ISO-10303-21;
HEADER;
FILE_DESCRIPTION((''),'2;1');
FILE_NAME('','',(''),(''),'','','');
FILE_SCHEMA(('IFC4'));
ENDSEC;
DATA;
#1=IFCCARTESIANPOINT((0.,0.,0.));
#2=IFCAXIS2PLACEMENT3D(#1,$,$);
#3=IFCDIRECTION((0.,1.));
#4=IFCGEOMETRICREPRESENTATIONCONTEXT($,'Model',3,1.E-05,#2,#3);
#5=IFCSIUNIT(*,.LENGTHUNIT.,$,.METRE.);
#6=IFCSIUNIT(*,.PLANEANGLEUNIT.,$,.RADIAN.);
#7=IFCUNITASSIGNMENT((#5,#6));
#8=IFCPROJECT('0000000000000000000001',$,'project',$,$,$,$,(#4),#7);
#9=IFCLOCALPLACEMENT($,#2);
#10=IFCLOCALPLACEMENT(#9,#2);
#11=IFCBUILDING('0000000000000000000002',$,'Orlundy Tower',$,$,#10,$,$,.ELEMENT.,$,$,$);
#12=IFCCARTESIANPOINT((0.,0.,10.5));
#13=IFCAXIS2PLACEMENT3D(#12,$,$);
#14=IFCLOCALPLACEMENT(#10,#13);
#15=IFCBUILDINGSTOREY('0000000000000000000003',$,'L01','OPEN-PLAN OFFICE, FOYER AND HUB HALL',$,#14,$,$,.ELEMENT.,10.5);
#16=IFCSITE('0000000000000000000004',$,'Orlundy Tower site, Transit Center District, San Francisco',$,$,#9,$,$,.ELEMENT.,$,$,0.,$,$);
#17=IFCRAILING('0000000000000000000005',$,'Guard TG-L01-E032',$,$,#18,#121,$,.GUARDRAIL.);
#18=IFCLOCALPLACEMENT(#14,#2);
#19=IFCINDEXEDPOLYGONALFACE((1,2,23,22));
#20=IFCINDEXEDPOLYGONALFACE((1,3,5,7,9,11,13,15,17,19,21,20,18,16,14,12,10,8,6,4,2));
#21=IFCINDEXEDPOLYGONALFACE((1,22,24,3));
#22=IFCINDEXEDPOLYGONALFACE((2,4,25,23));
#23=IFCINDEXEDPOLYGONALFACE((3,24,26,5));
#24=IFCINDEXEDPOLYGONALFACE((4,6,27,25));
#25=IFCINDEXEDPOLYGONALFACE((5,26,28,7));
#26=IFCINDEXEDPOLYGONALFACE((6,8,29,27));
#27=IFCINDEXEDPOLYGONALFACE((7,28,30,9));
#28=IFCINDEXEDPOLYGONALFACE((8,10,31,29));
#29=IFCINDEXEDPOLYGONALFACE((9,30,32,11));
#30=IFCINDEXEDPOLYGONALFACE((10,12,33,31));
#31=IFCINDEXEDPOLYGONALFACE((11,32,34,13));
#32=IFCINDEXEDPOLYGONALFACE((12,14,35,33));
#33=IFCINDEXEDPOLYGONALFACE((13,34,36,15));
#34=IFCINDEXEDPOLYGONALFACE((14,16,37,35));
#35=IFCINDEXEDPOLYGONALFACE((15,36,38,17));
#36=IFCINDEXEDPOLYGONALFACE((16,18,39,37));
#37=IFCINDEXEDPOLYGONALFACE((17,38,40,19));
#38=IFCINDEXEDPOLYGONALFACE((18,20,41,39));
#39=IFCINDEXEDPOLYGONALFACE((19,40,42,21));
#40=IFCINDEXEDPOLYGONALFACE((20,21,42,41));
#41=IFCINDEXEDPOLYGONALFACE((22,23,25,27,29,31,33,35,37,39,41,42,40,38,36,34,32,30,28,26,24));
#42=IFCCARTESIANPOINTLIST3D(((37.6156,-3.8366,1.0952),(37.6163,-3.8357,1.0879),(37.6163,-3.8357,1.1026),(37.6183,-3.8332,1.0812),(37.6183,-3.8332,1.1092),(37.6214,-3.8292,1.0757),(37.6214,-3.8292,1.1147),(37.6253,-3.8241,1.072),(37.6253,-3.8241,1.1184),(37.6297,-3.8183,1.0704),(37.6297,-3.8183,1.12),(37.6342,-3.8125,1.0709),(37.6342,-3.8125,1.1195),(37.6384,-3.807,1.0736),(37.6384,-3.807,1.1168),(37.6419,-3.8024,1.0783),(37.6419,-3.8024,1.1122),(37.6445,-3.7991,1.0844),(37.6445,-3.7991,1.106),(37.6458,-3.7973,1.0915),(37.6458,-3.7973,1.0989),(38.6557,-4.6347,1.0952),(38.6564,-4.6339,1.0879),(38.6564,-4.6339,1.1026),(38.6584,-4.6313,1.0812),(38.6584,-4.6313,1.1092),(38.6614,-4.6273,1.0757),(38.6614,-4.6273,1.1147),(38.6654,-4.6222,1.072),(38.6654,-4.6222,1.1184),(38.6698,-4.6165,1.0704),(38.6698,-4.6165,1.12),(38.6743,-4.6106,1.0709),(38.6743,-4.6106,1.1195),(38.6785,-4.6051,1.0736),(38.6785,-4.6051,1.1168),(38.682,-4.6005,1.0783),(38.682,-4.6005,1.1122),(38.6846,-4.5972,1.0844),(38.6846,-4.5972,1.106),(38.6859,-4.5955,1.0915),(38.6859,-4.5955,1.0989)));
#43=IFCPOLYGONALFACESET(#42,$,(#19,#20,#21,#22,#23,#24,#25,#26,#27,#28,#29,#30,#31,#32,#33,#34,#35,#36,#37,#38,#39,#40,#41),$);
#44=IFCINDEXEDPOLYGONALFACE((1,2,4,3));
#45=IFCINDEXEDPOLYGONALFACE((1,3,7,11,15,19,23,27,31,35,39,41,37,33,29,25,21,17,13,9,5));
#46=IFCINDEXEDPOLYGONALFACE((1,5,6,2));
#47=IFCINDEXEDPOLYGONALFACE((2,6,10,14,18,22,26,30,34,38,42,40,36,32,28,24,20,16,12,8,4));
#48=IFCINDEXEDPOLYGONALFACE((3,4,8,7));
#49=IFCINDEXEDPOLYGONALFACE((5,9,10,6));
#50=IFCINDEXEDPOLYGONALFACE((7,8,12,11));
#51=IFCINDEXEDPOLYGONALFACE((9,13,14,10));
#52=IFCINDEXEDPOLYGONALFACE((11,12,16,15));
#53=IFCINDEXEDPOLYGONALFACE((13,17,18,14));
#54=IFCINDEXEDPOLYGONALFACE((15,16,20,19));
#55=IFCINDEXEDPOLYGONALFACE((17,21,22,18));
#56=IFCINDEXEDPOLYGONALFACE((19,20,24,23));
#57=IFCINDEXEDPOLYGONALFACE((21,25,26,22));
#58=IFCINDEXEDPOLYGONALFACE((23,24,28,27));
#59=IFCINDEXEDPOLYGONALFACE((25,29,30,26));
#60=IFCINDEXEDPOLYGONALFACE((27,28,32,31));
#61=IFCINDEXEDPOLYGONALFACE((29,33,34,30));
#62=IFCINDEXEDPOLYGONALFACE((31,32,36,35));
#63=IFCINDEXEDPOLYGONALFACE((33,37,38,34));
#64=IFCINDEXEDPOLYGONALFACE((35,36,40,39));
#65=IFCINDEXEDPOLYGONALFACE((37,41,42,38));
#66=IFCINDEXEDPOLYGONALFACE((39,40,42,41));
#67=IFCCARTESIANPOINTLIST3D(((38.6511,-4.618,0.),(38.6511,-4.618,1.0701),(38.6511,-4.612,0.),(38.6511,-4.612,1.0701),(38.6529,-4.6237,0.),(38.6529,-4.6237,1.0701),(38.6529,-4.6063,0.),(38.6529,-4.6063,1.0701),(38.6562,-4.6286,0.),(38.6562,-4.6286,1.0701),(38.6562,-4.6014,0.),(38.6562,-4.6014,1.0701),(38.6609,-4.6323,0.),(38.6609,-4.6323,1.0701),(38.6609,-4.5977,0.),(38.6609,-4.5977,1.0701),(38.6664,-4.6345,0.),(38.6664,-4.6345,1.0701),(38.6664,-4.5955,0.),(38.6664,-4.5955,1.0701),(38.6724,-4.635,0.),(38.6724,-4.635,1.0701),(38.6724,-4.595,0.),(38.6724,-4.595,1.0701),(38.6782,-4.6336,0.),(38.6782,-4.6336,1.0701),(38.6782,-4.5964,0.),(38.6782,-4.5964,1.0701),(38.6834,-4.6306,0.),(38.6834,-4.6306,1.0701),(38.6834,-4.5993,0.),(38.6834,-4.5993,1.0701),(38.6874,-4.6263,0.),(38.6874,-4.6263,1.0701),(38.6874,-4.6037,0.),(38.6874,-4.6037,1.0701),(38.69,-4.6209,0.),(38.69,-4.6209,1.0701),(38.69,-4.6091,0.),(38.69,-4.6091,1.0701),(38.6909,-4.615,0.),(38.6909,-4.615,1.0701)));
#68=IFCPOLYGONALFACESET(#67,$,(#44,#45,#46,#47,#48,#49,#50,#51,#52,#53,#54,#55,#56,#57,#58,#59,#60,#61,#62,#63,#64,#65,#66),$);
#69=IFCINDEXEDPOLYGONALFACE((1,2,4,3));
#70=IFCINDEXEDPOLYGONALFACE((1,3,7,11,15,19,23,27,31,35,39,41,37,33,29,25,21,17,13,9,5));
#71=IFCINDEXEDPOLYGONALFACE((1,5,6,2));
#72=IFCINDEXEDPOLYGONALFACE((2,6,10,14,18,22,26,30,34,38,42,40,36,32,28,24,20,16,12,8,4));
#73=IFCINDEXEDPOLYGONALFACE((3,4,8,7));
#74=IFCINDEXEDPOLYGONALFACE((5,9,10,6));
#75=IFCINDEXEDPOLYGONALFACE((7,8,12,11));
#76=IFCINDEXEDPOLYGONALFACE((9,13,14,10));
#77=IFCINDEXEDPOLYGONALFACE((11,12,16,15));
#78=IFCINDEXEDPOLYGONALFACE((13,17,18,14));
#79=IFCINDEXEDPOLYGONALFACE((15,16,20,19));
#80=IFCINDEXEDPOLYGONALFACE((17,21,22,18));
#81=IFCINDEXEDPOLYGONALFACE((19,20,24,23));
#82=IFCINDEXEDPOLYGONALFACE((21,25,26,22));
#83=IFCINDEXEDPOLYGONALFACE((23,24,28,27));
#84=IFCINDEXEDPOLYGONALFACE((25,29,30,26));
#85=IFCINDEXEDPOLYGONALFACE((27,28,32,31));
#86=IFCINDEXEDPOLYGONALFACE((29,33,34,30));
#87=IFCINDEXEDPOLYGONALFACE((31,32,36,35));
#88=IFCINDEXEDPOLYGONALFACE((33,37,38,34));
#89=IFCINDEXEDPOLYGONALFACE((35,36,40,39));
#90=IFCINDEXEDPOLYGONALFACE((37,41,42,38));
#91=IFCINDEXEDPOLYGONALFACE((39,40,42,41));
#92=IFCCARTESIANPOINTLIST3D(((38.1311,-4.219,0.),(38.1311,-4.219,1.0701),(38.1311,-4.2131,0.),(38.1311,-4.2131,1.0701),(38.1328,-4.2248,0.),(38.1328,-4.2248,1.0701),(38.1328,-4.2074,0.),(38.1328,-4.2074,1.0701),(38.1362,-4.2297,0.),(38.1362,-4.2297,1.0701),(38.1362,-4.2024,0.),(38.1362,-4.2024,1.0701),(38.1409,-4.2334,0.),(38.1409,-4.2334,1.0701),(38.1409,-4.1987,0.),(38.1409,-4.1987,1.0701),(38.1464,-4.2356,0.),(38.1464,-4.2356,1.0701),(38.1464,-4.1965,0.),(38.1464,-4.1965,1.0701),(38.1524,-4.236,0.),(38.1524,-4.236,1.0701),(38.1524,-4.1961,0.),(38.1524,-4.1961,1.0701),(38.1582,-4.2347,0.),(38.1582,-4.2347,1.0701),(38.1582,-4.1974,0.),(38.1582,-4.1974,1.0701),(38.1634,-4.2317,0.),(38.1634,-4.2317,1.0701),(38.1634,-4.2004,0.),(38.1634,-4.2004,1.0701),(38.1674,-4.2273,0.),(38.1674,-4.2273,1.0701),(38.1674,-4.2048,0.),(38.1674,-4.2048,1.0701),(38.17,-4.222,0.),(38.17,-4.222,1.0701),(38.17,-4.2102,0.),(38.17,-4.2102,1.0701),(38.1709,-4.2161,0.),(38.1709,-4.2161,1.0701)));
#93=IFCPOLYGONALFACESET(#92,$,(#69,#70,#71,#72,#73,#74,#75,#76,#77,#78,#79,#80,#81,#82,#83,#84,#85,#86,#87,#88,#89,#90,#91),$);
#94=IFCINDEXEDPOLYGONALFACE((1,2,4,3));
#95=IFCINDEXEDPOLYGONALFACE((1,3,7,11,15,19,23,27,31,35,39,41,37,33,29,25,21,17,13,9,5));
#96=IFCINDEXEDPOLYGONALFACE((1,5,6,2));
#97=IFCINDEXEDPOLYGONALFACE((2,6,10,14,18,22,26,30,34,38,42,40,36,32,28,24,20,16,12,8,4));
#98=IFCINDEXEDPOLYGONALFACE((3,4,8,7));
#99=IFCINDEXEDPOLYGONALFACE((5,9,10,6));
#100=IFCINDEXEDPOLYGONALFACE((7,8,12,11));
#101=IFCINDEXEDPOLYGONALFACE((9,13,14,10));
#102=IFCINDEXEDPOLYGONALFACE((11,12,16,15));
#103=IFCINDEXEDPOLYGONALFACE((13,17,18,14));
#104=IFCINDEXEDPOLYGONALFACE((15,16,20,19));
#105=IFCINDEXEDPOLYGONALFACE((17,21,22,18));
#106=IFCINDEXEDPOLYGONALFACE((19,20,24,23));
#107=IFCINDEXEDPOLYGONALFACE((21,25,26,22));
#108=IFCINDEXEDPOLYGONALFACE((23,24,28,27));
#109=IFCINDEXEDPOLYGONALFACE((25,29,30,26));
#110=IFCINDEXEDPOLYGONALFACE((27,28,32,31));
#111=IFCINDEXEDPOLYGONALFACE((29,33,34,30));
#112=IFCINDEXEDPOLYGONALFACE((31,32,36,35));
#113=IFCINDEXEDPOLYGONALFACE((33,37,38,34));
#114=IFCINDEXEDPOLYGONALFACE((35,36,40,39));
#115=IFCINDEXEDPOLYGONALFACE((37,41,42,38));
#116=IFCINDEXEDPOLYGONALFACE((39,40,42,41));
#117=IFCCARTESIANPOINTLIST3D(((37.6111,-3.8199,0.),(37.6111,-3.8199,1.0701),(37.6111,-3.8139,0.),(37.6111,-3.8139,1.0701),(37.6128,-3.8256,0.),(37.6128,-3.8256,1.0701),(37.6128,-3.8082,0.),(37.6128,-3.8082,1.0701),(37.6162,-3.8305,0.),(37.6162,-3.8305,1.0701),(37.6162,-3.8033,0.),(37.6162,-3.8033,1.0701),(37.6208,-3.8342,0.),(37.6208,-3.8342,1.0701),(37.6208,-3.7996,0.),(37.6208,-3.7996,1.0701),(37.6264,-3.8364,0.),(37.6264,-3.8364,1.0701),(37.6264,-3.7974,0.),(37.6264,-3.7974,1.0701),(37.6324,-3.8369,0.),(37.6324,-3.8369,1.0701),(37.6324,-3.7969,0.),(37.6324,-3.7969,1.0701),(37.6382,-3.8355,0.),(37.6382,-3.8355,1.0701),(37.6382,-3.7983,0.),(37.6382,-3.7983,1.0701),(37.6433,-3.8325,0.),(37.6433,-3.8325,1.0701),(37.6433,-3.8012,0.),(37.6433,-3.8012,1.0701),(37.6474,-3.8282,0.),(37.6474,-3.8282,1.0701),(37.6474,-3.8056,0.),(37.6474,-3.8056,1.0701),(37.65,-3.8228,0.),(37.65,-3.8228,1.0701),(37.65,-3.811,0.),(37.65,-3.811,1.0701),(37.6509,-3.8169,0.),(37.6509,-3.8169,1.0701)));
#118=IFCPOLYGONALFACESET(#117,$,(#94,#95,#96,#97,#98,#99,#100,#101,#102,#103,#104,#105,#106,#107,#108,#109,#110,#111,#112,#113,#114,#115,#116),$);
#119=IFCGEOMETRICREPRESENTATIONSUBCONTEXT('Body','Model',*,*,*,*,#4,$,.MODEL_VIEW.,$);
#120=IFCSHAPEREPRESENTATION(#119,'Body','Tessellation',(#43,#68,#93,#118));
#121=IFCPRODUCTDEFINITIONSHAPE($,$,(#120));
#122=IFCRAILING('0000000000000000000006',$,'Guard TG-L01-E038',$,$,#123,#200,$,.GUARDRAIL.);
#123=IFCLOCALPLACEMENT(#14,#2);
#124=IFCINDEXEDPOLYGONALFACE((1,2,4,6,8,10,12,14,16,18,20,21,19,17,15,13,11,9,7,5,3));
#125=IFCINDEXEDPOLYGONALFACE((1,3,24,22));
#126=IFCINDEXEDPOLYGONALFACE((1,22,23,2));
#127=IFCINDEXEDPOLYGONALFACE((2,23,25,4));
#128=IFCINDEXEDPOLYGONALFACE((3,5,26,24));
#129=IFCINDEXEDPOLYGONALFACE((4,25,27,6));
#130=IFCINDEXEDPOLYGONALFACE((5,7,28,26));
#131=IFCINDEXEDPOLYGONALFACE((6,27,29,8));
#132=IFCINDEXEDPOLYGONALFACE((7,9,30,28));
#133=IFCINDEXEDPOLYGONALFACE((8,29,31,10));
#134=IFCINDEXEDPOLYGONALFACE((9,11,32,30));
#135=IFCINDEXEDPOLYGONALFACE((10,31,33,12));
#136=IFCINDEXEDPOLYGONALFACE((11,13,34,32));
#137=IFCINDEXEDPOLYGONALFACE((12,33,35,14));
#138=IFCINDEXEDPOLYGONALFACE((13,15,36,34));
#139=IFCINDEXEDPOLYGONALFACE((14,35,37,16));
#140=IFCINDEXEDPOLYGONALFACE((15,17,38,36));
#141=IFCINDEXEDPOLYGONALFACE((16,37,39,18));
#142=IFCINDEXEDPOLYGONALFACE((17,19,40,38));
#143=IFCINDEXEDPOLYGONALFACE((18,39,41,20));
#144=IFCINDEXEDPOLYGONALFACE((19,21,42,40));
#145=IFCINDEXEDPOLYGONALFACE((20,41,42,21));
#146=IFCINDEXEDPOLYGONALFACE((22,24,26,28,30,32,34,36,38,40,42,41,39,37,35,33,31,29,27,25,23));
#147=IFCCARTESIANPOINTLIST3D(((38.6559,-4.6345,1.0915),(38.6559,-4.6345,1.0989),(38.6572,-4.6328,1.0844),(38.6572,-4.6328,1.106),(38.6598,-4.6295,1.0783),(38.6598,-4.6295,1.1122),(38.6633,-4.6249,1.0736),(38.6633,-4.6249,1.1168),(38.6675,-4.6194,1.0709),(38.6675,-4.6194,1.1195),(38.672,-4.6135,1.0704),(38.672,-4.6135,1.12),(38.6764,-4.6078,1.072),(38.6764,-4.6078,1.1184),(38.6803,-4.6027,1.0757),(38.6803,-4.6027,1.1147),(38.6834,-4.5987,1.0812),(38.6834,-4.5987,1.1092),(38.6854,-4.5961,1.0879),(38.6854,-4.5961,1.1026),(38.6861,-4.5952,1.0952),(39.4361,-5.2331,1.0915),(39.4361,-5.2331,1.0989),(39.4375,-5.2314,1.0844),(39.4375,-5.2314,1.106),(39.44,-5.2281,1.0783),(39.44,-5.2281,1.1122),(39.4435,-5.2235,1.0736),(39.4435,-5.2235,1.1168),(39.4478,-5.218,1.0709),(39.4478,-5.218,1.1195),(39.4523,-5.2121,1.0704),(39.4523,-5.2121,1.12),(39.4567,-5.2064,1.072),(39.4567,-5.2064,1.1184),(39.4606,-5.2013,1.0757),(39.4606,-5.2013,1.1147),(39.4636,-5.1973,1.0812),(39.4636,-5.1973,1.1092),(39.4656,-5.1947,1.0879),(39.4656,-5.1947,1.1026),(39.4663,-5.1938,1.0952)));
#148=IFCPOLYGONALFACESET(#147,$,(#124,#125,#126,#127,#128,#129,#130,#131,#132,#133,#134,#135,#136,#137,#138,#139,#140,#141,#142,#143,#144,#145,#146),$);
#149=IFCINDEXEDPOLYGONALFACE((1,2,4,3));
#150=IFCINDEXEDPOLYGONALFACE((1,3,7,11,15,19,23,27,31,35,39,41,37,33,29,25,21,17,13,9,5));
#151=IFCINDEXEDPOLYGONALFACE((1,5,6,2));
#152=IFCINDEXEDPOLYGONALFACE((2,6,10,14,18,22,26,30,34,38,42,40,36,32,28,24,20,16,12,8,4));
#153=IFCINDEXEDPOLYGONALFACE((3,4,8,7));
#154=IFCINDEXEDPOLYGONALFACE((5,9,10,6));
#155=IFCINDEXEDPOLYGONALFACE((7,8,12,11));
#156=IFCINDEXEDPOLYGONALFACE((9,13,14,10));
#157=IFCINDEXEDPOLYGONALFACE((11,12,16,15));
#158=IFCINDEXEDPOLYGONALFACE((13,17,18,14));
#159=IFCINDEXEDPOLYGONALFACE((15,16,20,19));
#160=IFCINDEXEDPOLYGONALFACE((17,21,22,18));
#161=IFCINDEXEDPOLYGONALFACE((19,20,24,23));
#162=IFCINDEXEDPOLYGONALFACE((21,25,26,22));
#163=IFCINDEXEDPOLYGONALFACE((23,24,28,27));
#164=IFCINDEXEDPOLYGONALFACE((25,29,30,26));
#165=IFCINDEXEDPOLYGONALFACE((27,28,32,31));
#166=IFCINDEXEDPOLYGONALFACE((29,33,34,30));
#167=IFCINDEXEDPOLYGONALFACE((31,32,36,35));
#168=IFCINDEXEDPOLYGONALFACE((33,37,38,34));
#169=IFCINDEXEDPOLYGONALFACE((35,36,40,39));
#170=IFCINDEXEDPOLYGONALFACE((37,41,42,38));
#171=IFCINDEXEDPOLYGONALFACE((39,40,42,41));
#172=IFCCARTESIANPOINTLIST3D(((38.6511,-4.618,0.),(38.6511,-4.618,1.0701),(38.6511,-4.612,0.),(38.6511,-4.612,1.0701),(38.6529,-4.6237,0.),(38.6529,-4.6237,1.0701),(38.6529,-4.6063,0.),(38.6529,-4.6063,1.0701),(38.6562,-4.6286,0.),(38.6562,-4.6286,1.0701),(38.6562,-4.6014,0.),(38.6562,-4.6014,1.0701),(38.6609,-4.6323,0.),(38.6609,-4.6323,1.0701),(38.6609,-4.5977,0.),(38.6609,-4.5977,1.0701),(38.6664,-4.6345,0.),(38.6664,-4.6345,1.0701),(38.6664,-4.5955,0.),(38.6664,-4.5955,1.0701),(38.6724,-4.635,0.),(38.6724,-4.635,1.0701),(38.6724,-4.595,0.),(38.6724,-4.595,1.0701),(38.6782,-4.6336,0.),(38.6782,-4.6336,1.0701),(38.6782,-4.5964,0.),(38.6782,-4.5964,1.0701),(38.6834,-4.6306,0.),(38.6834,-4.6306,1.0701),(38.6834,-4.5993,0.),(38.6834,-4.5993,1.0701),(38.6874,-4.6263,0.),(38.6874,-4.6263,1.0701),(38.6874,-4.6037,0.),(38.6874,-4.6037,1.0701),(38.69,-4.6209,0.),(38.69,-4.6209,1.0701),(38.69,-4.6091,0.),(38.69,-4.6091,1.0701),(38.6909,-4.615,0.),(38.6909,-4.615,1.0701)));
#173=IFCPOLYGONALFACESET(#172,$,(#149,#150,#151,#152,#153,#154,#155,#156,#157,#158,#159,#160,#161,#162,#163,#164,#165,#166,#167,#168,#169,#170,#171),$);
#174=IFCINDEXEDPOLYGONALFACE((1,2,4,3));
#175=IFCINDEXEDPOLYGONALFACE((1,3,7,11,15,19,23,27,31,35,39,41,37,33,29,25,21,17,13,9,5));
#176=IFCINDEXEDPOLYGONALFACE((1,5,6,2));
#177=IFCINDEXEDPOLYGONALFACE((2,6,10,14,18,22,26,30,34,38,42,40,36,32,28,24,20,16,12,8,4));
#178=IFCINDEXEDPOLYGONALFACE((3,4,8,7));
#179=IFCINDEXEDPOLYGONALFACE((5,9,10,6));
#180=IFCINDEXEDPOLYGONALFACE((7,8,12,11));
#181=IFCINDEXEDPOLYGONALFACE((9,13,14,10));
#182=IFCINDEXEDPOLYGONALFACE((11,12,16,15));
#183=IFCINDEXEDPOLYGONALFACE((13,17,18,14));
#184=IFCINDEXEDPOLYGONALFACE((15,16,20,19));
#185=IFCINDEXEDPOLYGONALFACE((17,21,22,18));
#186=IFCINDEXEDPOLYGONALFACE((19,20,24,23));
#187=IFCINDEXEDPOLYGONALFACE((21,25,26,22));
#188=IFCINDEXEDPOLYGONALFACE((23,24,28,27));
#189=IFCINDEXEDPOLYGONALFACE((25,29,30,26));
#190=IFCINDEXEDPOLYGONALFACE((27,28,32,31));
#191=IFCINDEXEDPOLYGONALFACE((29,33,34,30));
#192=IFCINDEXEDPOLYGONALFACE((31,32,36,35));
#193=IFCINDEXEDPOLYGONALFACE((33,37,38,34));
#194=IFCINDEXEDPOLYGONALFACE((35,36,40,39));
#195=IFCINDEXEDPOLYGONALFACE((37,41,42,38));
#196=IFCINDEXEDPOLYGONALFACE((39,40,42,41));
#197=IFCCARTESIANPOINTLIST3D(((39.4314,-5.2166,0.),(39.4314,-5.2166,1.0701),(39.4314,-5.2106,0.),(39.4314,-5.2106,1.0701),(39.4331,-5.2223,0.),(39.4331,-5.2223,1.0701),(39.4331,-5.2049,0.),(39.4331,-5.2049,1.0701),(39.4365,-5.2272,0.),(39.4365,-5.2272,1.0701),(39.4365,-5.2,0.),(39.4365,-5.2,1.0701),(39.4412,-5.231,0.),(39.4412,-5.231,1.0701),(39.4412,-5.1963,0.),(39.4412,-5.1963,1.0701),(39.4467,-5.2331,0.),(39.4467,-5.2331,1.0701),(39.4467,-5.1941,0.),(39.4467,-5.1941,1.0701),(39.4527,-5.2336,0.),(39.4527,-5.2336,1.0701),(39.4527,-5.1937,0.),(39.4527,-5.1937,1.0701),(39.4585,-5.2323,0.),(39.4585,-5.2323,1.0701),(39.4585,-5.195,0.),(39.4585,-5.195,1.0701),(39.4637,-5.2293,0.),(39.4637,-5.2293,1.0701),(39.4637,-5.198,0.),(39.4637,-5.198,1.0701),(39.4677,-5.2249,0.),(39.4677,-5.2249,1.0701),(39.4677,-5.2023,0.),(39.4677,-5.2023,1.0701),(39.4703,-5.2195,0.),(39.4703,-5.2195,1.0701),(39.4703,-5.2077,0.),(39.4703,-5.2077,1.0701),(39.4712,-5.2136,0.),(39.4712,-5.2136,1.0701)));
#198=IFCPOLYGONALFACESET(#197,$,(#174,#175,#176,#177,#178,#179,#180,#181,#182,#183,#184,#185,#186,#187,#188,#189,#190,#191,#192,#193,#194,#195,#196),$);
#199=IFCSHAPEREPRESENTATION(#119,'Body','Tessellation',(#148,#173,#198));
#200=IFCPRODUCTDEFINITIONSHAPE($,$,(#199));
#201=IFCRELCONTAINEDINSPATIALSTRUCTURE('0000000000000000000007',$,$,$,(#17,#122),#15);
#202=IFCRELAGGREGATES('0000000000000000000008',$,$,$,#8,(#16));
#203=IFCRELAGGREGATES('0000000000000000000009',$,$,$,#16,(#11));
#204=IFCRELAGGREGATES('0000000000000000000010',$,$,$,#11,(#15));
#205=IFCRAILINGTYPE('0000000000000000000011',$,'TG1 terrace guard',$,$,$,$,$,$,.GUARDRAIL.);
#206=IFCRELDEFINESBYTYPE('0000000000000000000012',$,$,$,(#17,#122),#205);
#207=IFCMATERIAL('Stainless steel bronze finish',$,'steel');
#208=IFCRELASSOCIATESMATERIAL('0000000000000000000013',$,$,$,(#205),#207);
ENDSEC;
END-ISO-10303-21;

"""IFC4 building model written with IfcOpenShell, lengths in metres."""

from ifc_helpers import new_model, si_unit, direction, frame, origin, origin_2d, place, context, subcontext, project, spatial, circle, extrude, material, type_object, element, save


model = new_model("IFC4")

# Units and contexts
model_context = context("Model", 3, precision=1e-05, world=origin(), true_north=direction((0.0, 1.0)))
body_context = subcontext(model_context, "Body", "Model", "MODEL_VIEW")
ifc_project = project(units=[si_unit("LENGTHUNIT", "METRE"), si_unit("PLANEANGLEUNIT", "RADIAN")], contexts=[model_context])

# Site, building, storey
site_placement = place(None, origin())
site = spatial("IfcSite", under=ifc_project, at=site_placement, Name="Orlundy Tower site, Transit Center District, San Francisco", CompositionType="ELEMENT", RefElevation=0.0)
building_placement = place(site_placement, origin())
building = spatial("IfcBuilding", under=site, at=building_placement, Name="Orlundy Tower", CompositionType="ELEMENT")
storey_placement = place(building_placement, frame((0.0, 0.0, 10.5)))
storey = spatial("IfcBuildingStorey", under=building, at=storey_placement, Name="L01", Description="OPEN-PLAN OFFICE, FOYER AND HUB HALL", CompositionType="ELEMENT", Elevation=10.5)

# Railings
ifc_material_1 = material(Name="Stainless steel bronze finish", Category="steel")
railing_type_1 = type_object("IfcRailingType", Name="TG1 terrace guard", PredefinedType="GUARDRAIL", material=ifc_material_1)
railing_1_placement = place(storey_placement, frame((38.6709, -4.615, 0.0)))
element("IfcRailing", 1, at=railing_1_placement, inside=storey, type_object=railing_type_1, Name="Guard TG-L01-E032", PredefinedType="GUARDRAIL", context=body_context, shape_type="SweptSolid", body=[
    extrude(circle(Radius=0.0249, at=origin_2d()), frame((0.0, 0.0, 1.0952), z_axis=(-0.793337, 0.608783, 0.0), x_axis=(-0.608783, -0.793337, 0.0)), (0.0, 0.0, 1.0), 1.311),
    extrude(circle(Radius=0.02, at=origin_2d()), origin(), (0.0, 0.0, 1.0), 1.0701),
    extrude(circle(Radius=0.02, at=origin_2d()), frame((-0.52, 0.3989, 0.0)), (0.0, 0.0, 1.0), 1.0701),
    extrude(circle(Radius=0.02, at=origin_2d()), frame((-1.04, 0.7981, 0.0)), (0.0, 0.0, 1.0), 1.0701),
])
railing_2_placement = place(storey_placement, frame((38.6709, -4.615, 0.0)))
element("IfcRailing", 2, at=railing_2_placement, inside=storey, type_object=railing_type_1, Name="Guard TG-L01-E038", PredefinedType="GUARDRAIL", context=body_context, shape_type="SweptSolid", body=[
    extrude(circle(Radius=0.0249, at=origin_2d()), frame((0.0, 0.0, 1.0952), z_axis=(0.793399, -0.608703, 0.0), x_axis=(0.608703, 0.793399, 0.0)), (0.0, 0.0, 1.0), 0.9834),
    extrude(circle(Radius=0.02, at=origin_2d()), origin(), (0.0, 0.0, 1.0), 1.0701),
    extrude(circle(Radius=0.02, at=origin_2d()), frame((0.7803, -0.5986, 0.0)), (0.0, 0.0, 1.0), 1.0701),
])

save(model, "model.ifc")
